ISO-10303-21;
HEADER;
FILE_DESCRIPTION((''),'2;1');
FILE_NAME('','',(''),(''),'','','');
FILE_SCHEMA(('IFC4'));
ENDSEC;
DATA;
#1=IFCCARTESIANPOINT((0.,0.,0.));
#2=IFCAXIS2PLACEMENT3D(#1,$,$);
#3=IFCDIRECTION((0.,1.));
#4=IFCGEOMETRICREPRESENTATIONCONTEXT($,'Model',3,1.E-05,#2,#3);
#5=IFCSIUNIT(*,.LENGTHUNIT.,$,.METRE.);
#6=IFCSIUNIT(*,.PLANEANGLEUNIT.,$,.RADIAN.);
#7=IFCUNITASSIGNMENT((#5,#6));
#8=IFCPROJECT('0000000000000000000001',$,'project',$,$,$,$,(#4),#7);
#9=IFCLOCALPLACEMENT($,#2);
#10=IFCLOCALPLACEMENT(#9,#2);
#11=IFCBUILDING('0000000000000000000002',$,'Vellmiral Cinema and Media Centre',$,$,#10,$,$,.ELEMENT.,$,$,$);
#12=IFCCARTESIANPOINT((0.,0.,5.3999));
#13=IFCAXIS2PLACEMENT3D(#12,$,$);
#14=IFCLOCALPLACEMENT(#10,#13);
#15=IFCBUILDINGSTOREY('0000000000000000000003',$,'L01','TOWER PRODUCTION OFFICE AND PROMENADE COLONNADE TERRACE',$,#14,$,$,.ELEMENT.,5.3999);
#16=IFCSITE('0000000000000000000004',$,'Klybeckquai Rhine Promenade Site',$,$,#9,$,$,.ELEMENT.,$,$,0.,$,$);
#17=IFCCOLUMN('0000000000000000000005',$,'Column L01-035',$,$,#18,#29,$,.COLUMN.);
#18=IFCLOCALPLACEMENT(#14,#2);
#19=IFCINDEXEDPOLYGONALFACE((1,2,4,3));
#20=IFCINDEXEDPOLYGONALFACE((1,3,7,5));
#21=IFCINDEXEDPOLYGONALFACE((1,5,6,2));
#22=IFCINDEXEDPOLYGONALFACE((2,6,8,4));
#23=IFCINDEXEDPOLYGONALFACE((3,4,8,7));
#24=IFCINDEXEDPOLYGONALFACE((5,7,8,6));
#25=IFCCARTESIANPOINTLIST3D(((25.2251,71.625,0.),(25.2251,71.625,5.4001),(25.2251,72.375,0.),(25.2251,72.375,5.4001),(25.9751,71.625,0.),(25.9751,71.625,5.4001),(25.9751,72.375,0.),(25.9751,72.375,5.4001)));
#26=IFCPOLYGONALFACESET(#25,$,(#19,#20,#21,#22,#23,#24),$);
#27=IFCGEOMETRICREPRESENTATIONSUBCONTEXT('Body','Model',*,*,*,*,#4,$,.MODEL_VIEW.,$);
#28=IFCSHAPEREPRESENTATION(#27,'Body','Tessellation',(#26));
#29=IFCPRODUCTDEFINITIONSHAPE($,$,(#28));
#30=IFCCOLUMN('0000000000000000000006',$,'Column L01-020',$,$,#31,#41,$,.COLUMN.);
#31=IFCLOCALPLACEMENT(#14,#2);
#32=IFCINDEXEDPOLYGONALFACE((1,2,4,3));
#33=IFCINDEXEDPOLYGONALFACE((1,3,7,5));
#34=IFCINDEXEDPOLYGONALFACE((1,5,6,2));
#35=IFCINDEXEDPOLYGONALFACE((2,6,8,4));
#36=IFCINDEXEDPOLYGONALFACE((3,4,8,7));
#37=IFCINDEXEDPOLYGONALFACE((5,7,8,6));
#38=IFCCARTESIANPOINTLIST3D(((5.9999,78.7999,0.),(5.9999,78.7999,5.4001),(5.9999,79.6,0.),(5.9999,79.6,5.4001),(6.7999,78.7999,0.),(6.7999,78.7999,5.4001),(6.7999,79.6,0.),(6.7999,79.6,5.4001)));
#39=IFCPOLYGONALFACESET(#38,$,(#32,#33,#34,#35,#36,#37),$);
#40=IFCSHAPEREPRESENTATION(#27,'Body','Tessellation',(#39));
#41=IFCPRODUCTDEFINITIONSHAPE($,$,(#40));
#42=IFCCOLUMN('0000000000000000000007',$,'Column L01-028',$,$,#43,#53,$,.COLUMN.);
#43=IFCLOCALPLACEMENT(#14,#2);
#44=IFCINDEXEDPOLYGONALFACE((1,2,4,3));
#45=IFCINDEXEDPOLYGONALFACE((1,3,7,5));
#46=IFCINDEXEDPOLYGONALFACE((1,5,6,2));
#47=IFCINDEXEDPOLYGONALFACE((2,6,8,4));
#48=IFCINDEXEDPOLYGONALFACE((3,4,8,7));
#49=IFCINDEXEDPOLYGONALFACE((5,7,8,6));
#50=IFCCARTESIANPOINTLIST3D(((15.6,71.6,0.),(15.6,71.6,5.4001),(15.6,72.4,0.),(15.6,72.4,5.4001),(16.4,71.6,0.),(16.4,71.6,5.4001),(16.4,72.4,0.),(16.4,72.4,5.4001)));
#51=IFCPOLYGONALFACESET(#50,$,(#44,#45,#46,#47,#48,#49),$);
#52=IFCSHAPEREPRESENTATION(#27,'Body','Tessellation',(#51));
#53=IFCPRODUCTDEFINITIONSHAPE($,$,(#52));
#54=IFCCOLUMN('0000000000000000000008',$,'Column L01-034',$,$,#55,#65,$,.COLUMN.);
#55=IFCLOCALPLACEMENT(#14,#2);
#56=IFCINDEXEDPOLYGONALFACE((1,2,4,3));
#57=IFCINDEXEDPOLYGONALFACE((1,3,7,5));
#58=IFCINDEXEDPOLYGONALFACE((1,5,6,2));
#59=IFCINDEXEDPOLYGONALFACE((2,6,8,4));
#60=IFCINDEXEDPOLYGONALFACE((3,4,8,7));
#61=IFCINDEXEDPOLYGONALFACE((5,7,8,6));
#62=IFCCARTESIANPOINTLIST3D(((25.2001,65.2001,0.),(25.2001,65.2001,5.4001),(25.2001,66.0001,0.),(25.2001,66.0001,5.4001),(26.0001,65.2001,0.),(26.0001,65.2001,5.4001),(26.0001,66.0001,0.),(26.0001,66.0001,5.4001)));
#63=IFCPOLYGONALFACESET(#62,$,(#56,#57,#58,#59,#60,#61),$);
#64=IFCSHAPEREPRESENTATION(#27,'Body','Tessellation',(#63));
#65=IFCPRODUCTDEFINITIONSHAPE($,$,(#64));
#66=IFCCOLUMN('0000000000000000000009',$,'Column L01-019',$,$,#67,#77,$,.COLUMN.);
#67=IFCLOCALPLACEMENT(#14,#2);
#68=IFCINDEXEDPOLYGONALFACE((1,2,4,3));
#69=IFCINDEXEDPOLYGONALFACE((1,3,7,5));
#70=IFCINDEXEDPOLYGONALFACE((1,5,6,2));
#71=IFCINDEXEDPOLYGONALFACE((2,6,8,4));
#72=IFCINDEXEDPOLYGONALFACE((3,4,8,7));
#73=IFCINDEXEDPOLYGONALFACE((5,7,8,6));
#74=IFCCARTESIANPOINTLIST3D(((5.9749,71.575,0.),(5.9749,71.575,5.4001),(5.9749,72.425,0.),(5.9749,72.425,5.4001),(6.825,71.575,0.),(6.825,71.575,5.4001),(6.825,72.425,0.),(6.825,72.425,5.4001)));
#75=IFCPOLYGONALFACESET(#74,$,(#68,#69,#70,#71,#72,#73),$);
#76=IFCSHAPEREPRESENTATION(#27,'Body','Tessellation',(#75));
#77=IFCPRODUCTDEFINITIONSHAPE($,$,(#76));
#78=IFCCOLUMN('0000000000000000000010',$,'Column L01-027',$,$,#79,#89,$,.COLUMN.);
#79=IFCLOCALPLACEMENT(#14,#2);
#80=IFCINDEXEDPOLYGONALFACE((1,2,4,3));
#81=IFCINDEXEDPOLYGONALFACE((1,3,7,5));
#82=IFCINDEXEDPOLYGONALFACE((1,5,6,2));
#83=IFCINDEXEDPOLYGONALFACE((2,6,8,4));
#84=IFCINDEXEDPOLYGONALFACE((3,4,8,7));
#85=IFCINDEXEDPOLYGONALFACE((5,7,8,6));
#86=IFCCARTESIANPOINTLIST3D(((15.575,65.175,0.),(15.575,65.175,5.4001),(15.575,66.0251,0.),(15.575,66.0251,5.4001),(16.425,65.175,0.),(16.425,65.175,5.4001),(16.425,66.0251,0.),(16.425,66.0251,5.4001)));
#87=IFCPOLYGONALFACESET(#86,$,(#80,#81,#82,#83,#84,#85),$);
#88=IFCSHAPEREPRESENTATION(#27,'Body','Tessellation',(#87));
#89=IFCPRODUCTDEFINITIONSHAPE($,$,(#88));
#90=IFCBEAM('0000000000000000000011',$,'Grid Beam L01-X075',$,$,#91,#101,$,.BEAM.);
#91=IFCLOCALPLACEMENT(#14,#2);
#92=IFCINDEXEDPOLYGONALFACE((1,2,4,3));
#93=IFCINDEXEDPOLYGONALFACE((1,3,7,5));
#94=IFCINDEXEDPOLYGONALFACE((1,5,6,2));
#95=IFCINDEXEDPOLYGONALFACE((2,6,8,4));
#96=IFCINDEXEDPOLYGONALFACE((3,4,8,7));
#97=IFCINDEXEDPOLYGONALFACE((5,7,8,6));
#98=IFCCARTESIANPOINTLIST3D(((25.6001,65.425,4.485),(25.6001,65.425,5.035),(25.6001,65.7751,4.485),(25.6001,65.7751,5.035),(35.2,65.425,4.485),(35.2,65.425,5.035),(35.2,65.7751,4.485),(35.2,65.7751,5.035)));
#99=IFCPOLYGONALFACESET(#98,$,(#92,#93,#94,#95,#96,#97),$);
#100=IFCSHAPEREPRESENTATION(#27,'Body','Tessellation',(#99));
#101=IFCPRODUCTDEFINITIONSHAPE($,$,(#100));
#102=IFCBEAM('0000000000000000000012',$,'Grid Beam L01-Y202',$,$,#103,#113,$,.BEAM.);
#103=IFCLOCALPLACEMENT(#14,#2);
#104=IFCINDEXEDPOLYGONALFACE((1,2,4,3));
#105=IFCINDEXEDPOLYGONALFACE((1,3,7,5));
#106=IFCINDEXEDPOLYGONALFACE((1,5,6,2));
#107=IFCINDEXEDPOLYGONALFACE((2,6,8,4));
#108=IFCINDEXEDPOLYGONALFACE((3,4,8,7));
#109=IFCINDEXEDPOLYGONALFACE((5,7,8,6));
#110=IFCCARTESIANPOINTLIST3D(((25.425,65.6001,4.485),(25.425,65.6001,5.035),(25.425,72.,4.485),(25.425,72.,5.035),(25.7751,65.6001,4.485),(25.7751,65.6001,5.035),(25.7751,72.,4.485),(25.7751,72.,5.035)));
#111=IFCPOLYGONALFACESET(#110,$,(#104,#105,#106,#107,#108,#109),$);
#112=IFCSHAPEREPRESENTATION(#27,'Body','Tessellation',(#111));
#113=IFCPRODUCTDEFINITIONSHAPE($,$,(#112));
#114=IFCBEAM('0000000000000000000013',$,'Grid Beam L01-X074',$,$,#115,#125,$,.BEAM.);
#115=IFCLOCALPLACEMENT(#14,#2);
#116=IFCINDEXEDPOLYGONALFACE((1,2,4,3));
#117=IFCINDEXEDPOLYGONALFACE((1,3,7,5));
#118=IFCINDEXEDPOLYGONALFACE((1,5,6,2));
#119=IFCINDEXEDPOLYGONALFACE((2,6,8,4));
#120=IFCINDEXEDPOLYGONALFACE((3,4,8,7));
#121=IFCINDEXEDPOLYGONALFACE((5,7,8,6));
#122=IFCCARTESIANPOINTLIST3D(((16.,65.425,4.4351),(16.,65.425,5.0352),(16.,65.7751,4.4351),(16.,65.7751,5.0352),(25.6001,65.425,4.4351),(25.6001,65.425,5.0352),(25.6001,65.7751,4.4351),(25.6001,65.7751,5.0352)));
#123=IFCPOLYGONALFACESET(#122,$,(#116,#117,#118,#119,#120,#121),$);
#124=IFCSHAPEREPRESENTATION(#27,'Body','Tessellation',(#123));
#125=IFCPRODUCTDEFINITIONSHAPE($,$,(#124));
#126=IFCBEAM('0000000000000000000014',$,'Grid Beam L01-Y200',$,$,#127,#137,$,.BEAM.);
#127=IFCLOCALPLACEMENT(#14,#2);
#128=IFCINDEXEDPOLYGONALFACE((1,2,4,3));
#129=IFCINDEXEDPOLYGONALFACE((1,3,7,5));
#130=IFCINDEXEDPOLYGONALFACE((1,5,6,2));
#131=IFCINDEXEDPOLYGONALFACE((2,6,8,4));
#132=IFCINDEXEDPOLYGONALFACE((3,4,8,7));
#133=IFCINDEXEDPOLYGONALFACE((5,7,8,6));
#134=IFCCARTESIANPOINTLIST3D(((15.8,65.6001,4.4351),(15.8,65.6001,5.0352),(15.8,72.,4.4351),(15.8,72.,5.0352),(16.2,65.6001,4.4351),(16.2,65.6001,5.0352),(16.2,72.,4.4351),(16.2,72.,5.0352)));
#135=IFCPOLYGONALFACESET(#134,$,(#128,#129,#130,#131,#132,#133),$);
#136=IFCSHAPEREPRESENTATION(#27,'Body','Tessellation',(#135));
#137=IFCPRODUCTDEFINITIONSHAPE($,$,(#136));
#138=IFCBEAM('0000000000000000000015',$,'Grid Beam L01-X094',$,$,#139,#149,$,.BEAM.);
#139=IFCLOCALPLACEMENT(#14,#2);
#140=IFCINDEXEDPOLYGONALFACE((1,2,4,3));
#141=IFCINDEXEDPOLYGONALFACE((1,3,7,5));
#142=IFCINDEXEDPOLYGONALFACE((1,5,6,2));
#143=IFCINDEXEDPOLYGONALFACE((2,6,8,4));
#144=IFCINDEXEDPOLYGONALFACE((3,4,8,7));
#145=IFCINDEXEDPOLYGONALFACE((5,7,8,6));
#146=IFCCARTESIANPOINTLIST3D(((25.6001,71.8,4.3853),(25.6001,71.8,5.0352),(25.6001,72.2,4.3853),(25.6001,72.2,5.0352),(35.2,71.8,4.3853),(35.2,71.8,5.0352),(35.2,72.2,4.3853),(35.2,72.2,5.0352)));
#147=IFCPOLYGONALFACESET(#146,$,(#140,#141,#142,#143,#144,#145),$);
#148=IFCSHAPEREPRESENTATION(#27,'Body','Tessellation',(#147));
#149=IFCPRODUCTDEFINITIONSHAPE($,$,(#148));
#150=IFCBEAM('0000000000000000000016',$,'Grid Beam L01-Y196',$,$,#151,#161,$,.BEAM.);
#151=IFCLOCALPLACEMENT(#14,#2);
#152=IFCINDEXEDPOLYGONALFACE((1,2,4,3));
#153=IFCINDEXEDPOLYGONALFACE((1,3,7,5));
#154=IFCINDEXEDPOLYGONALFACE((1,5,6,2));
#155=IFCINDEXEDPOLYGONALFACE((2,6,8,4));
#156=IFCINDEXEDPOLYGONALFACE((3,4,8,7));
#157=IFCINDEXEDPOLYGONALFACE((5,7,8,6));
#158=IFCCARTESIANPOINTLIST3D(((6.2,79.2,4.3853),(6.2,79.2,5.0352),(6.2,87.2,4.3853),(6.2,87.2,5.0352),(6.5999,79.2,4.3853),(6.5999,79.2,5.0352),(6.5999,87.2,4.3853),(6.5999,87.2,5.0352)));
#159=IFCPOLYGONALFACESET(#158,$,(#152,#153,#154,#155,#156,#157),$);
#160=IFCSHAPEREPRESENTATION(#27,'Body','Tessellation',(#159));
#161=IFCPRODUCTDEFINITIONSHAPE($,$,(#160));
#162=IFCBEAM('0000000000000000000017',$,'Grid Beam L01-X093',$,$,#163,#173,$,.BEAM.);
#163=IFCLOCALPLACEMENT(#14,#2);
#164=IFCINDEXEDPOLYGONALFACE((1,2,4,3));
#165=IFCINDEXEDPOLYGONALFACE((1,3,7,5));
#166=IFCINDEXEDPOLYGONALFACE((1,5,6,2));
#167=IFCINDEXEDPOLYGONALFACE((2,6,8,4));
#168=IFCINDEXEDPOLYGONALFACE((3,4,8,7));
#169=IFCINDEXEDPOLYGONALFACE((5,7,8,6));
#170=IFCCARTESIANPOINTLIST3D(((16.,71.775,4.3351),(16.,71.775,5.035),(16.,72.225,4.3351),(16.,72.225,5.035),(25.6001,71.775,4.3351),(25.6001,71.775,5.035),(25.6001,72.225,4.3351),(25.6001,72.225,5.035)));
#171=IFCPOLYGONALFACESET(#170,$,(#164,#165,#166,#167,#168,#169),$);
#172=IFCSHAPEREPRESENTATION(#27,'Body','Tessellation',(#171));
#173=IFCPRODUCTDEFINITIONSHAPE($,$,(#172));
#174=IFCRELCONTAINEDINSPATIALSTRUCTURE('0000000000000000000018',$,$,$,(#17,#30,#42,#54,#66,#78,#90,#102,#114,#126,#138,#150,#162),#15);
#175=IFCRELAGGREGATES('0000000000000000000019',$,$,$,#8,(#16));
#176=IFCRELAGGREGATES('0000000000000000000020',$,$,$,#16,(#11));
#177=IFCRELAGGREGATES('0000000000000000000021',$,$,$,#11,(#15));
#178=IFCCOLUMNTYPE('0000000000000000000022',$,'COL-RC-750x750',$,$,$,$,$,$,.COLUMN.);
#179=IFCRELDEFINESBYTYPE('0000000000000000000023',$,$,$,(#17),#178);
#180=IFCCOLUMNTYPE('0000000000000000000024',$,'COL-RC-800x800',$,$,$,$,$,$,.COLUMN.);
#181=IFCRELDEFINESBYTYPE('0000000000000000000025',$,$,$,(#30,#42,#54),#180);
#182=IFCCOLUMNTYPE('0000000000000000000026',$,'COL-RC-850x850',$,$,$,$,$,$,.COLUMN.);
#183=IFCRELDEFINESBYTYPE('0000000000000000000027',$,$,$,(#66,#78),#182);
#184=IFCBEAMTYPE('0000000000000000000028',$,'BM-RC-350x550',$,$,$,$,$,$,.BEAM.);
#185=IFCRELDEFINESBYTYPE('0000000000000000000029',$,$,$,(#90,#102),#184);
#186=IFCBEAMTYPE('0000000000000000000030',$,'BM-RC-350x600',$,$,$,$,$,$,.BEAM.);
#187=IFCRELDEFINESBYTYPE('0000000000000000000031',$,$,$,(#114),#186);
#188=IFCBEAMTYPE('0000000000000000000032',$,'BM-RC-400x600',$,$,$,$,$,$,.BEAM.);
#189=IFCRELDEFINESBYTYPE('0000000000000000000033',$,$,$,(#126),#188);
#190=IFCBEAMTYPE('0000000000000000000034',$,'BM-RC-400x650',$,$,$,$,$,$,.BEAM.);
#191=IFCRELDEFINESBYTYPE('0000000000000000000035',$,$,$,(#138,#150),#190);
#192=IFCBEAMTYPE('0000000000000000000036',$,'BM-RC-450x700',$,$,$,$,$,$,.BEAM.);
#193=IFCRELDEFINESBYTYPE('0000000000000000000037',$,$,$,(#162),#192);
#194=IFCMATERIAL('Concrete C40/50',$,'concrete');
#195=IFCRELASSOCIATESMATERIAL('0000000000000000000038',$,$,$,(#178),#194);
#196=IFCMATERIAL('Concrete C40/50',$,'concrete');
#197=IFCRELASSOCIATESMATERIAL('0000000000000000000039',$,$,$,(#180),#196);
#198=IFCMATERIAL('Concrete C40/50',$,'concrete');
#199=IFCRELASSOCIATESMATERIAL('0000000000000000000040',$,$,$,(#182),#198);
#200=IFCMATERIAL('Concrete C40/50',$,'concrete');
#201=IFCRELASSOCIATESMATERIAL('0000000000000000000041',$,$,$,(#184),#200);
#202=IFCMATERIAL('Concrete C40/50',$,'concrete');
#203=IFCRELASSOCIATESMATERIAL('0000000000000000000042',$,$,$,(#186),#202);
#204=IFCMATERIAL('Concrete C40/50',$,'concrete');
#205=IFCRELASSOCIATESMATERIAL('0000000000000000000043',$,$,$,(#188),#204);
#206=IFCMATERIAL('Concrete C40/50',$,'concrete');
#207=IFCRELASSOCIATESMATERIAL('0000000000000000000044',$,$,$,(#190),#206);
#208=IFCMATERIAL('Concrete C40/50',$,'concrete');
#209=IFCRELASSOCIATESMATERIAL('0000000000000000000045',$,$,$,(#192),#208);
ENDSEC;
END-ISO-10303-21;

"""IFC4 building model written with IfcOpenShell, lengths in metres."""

from ifc_helpers import new_model, si_unit, direction, frame, origin, origin_2d, place, context, subcontext, project, spatial, rectangle, extrude, material, material_profile, profile_set, type_object, element, save


model = new_model("IFC4")

# Units and contexts
model_context = context("Model", 3, precision=1e-05, world=origin(), true_north=direction((0.0, 1.0)))
body_context = subcontext(model_context, "Body", "Model", "MODEL_VIEW")
ifc_project = project(units=[si_unit("LENGTHUNIT", "METRE"), si_unit("PLANEANGLEUNIT", "RADIAN")], contexts=[model_context])

# Site, building, storey
site_placement = place(None, origin())
site = spatial("IfcSite", under=ifc_project, at=site_placement, Name="Klybeckquai Rhine Promenade Site", CompositionType="ELEMENT", RefElevation=0.0)
building_placement = place(site_placement, origin())
building = spatial("IfcBuilding", under=site, at=building_placement, Name="Vellmiral Cinema and Media Centre", CompositionType="ELEMENT")
storey_placement = place(building_placement, frame((0.0, 0.0, 5.3999)))
storey = spatial("IfcBuildingStorey", under=building, at=storey_placement, Name="L01", Description="TOWER PRODUCTION OFFICE AND PROMENADE COLONNADE TERRACE", CompositionType="ELEMENT", Elevation=5.3999)

# Columns
ifc_material_1 = material(Name="Concrete C40/50", Category="concrete")
ifc_material_profile_1 = material_profile(ifc_material_1, rectangle(XDim=0.75, YDim=0.75, at=origin_2d()), Name="RC 750x750")
ifc_profile_set_1 = profile_set([ifc_material_profile_1], Name="Concrete C40/50")
column_type_1 = type_object("IfcColumnType", Name="COL-RC-750x750", PredefinedType="COLUMN", material=ifc_profile_set_1)
column_placement = place(storey_placement, frame((25.6001, 72.0, 0.0), z_axis=(0.0, 0.0, 1.0), x_axis=(1.0, 0.0, 0.0)))
element("IfcColumn", 1, at=column_placement, inside=storey, type_object=column_type_1, Name="Column L01-035", PredefinedType="COLUMN", context=body_context, shape_type="SweptSolid", body=[
    extrude(rectangle(XDim=0.75, YDim=0.75, at=origin_2d()), origin(), (0.0, 0.0, 1.0), 5.4001),
])
ifc_material_2 = material(Name="Concrete C40/50", Category="concrete")
ifc_material_profile_2 = material_profile(ifc_material_2, rectangle(XDim=0.8, YDim=0.8, at=origin_2d()), Name="RC 800x800")
ifc_profile_set_2 = profile_set([ifc_material_profile_2], Name="Concrete C40/50")
column_type_2 = type_object("IfcColumnType", Name="COL-RC-800x800", PredefinedType="COLUMN", material=ifc_profile_set_2)
for number, where, z_axis, x_axis, name in (
    (2, (6.3999, 79.2, 0.0), (0.0, 0.0, 1.0), (1.0, 0.0, 0.0), "Column L01-020"),
    (3, (16.0, 72.0, 0.0), (0.0, 0.0, 1.0), (1.0, 0.0, 0.0), "Column L01-028"),
    (4, (25.6001, 65.6001, 0.0), (0.0, 0.0, 1.0), (1.0, 0.0, 0.0), "Column L01-034"),
):
    element("IfcColumn", number, at=place(storey_placement, frame(where, z_axis=z_axis, x_axis=x_axis)), inside=storey, type_object=column_type_2, Name=name, PredefinedType="COLUMN", context=body_context, shape_type="SweptSolid", body=[
        extrude(rectangle(XDim=0.8, YDim=0.8, at=origin_2d()), origin(), (0.0, 0.0, 1.0), 5.4001),
    ])
ifc_material_3 = material(Name="Concrete C40/50", Category="concrete")
ifc_material_profile_3 = material_profile(ifc_material_3, rectangle(XDim=0.8501, YDim=0.8501, at=origin_2d()), Name="RC 850x850")
ifc_profile_set_3 = profile_set([ifc_material_profile_3], Name="Concrete C40/50")
column_type_3 = type_object("IfcColumnType", Name="COL-RC-850x850", PredefinedType="COLUMN", material=ifc_profile_set_3)
for number, where, z_axis, x_axis, name in (
    (5, (6.3999, 72.0, 0.0), (0.0, 0.0, 1.0), (1.0, 0.0, 0.0), "Column L01-019"),
    (6, (16.0, 65.6001, 0.0), (0.0, 0.0, 1.0), (1.0, 0.0, 0.0), "Column L01-027"),
):
    element("IfcColumn", number, at=place(storey_placement, frame(where, z_axis=z_axis, x_axis=x_axis)), inside=storey, type_object=column_type_3, Name=name, PredefinedType="COLUMN", context=body_context, shape_type="SweptSolid", body=[
        extrude(rectangle(XDim=0.8501, YDim=0.8501, at=origin_2d()), origin(), (0.0, 0.0, 1.0), 5.4001),
    ])

# Beams
ifc_material_4 = material(Name="Concrete C40/50", Category="concrete")
ifc_material_profile_4 = material_profile(ifc_material_4, rectangle(XDim=0.3501, YDim=0.55, at=origin_2d()), Name="RC 350x550")
ifc_profile_set_4 = profile_set([ifc_material_profile_4], Name="Concrete C40/50")
beam_type_1 = type_object("IfcBeamType", Name="BM-RC-350x550", PredefinedType="BEAM", material=ifc_profile_set_4)
beam_1_placement = place(storey_placement, frame((25.6001, 65.6001, 4.76), z_axis=(1.0, 0.0, 0.0), x_axis=(0.0, 1.0, 0.0)))
element("IfcBeam", 7, at=beam_1_placement, inside=storey, type_object=beam_type_1, Name="Grid Beam L01-X075", PredefinedType="BEAM", context=body_context, shape_type="SweptSolid", body=[
    extrude(rectangle(XDim=0.3501, YDim=0.55, at=origin_2d()), origin(), (0.0, 0.0, 1.0), 9.5999),
])
beam_2_placement = place(storey_placement, frame((25.6001, 65.6001, 4.76), z_axis=(0.0, 1.0, 0.0), x_axis=(-1.0, 0.0, 0.0)))
element("IfcBeam", 8, at=beam_2_placement, inside=storey, type_object=beam_type_1, Name="Grid Beam L01-Y202", PredefinedType="BEAM", context=body_context, shape_type="SweptSolid", body=[
    extrude(rectangle(XDim=0.3501, YDim=0.55, at=origin_2d()), origin(), (0.0, 0.0, 1.0), 6.3999),
])
ifc_material_5 = material(Name="Concrete C40/50", Category="concrete")
ifc_material_profile_5 = material_profile(ifc_material_5, rectangle(XDim=0.3501, YDim=0.6001, at=origin_2d()), Name="RC 350x600")
ifc_profile_set_5 = profile_set([ifc_material_profile_5], Name="Concrete C40/50")
beam_type_2 = type_object("IfcBeamType", Name="BM-RC-350x600", PredefinedType="BEAM", material=ifc_profile_set_5)
beam_3_placement = place(storey_placement, frame((16.0, 65.6001, 4.7351), z_axis=(1.0, 0.0, 0.0), x_axis=(0.0, 1.0, 0.0)))
element("IfcBeam", 9, at=beam_3_placement, inside=storey, type_object=beam_type_2, Name="Grid Beam L01-X074", PredefinedType="BEAM", context=body_context, shape_type="SweptSolid", body=[
    extrude(rectangle(XDim=0.3501, YDim=0.6001, at=origin_2d()), origin(), (0.0, 0.0, 1.0), 9.6001),
])
ifc_material_6 = material(Name="Concrete C40/50", Category="concrete")
ifc_material_profile_6 = material_profile(ifc_material_6, rectangle(XDim=0.3999, YDim=0.6001, at=origin_2d()), Name="RC 400x600")
ifc_profile_set_6 = profile_set([ifc_material_profile_6], Name="Concrete C40/50")
beam_type_3 = type_object("IfcBeamType", Name="BM-RC-400x600", PredefinedType="BEAM", material=ifc_profile_set_6)
beam_4_placement = place(storey_placement, frame((16.0, 65.6001, 4.7351), z_axis=(0.0, 1.0, 0.0), x_axis=(-1.0, 0.0, 0.0)))
element("IfcBeam", 10, at=beam_4_placement, inside=storey, type_object=beam_type_3, Name="Grid Beam L01-Y200", PredefinedType="BEAM", context=body_context, shape_type="SweptSolid", body=[
    extrude(rectangle(XDim=0.3999, YDim=0.6001, at=origin_2d()), origin(), (0.0, 0.0, 1.0), 6.3999),
])
ifc_material_7 = material(Name="Concrete C40/50", Category="concrete")
ifc_material_profile_7 = material_profile(ifc_material_7, rectangle(XDim=0.3999, YDim=0.6499, at=origin_2d()), Name="RC 400x650")
ifc_profile_set_7 = profile_set([ifc_material_profile_7], Name="Concrete C40/50")
beam_type_4 = type_object("IfcBeamType", Name="BM-RC-400x650", PredefinedType="BEAM", material=ifc_profile_set_7)
beam_5_placement = place(storey_placement, frame((25.6001, 72.0, 4.7102), z_axis=(1.0, 0.0, 0.0), x_axis=(0.0, 1.0, 0.0)))
element("IfcBeam", 11, at=beam_5_placement, inside=storey, type_object=beam_type_4, Name="Grid Beam L01-X094", PredefinedType="BEAM", context=body_context, shape_type="SweptSolid", body=[
    extrude(rectangle(XDim=0.3999, YDim=0.6499, at=origin_2d()), origin(), (0.0, 0.0, 1.0), 9.5999),
])
beam_6_placement = place(storey_placement, frame((6.3999, 79.2, 4.7102), z_axis=(0.0, 1.0, 0.0), x_axis=(-1.0, 0.0, 0.0)))
element("IfcBeam", 12, at=beam_6_placement, inside=storey, type_object=beam_type_4, Name="Grid Beam L01-Y196", PredefinedType="BEAM", context=body_context, shape_type="SweptSolid", body=[
    extrude(rectangle(XDim=0.3999, YDim=0.6499, at=origin_2d()), origin(), (0.0, 0.0, 1.0), 8.0),
])
ifc_material_8 = material(Name="Concrete C40/50", Category="concrete")
ifc_material_profile_8 = material_profile(ifc_material_8, rectangle(XDim=0.45, YDim=0.7, at=origin_2d()), Name="RC 450x700")
ifc_profile_set_8 = profile_set([ifc_material_profile_8], Name="Concrete C40/50")
beam_type_5 = type_object("IfcBeamType", Name="BM-RC-450x700", PredefinedType="BEAM", material=ifc_profile_set_8)
beam_7_placement = place(storey_placement, frame((16.0, 72.0, 4.6851), z_axis=(1.0, 0.0, 0.0), x_axis=(0.0, 1.0, 0.0)))
element("IfcBeam", 13, at=beam_7_placement, inside=storey, type_object=beam_type_5, Name="Grid Beam L01-X093", PredefinedType="BEAM", context=body_context, shape_type="SweptSolid", body=[
    extrude(rectangle(XDim=0.45, YDim=0.7, at=origin_2d()), origin(), (0.0, 0.0, 1.0), 9.6001),
])

save(model, "model.ifc")
